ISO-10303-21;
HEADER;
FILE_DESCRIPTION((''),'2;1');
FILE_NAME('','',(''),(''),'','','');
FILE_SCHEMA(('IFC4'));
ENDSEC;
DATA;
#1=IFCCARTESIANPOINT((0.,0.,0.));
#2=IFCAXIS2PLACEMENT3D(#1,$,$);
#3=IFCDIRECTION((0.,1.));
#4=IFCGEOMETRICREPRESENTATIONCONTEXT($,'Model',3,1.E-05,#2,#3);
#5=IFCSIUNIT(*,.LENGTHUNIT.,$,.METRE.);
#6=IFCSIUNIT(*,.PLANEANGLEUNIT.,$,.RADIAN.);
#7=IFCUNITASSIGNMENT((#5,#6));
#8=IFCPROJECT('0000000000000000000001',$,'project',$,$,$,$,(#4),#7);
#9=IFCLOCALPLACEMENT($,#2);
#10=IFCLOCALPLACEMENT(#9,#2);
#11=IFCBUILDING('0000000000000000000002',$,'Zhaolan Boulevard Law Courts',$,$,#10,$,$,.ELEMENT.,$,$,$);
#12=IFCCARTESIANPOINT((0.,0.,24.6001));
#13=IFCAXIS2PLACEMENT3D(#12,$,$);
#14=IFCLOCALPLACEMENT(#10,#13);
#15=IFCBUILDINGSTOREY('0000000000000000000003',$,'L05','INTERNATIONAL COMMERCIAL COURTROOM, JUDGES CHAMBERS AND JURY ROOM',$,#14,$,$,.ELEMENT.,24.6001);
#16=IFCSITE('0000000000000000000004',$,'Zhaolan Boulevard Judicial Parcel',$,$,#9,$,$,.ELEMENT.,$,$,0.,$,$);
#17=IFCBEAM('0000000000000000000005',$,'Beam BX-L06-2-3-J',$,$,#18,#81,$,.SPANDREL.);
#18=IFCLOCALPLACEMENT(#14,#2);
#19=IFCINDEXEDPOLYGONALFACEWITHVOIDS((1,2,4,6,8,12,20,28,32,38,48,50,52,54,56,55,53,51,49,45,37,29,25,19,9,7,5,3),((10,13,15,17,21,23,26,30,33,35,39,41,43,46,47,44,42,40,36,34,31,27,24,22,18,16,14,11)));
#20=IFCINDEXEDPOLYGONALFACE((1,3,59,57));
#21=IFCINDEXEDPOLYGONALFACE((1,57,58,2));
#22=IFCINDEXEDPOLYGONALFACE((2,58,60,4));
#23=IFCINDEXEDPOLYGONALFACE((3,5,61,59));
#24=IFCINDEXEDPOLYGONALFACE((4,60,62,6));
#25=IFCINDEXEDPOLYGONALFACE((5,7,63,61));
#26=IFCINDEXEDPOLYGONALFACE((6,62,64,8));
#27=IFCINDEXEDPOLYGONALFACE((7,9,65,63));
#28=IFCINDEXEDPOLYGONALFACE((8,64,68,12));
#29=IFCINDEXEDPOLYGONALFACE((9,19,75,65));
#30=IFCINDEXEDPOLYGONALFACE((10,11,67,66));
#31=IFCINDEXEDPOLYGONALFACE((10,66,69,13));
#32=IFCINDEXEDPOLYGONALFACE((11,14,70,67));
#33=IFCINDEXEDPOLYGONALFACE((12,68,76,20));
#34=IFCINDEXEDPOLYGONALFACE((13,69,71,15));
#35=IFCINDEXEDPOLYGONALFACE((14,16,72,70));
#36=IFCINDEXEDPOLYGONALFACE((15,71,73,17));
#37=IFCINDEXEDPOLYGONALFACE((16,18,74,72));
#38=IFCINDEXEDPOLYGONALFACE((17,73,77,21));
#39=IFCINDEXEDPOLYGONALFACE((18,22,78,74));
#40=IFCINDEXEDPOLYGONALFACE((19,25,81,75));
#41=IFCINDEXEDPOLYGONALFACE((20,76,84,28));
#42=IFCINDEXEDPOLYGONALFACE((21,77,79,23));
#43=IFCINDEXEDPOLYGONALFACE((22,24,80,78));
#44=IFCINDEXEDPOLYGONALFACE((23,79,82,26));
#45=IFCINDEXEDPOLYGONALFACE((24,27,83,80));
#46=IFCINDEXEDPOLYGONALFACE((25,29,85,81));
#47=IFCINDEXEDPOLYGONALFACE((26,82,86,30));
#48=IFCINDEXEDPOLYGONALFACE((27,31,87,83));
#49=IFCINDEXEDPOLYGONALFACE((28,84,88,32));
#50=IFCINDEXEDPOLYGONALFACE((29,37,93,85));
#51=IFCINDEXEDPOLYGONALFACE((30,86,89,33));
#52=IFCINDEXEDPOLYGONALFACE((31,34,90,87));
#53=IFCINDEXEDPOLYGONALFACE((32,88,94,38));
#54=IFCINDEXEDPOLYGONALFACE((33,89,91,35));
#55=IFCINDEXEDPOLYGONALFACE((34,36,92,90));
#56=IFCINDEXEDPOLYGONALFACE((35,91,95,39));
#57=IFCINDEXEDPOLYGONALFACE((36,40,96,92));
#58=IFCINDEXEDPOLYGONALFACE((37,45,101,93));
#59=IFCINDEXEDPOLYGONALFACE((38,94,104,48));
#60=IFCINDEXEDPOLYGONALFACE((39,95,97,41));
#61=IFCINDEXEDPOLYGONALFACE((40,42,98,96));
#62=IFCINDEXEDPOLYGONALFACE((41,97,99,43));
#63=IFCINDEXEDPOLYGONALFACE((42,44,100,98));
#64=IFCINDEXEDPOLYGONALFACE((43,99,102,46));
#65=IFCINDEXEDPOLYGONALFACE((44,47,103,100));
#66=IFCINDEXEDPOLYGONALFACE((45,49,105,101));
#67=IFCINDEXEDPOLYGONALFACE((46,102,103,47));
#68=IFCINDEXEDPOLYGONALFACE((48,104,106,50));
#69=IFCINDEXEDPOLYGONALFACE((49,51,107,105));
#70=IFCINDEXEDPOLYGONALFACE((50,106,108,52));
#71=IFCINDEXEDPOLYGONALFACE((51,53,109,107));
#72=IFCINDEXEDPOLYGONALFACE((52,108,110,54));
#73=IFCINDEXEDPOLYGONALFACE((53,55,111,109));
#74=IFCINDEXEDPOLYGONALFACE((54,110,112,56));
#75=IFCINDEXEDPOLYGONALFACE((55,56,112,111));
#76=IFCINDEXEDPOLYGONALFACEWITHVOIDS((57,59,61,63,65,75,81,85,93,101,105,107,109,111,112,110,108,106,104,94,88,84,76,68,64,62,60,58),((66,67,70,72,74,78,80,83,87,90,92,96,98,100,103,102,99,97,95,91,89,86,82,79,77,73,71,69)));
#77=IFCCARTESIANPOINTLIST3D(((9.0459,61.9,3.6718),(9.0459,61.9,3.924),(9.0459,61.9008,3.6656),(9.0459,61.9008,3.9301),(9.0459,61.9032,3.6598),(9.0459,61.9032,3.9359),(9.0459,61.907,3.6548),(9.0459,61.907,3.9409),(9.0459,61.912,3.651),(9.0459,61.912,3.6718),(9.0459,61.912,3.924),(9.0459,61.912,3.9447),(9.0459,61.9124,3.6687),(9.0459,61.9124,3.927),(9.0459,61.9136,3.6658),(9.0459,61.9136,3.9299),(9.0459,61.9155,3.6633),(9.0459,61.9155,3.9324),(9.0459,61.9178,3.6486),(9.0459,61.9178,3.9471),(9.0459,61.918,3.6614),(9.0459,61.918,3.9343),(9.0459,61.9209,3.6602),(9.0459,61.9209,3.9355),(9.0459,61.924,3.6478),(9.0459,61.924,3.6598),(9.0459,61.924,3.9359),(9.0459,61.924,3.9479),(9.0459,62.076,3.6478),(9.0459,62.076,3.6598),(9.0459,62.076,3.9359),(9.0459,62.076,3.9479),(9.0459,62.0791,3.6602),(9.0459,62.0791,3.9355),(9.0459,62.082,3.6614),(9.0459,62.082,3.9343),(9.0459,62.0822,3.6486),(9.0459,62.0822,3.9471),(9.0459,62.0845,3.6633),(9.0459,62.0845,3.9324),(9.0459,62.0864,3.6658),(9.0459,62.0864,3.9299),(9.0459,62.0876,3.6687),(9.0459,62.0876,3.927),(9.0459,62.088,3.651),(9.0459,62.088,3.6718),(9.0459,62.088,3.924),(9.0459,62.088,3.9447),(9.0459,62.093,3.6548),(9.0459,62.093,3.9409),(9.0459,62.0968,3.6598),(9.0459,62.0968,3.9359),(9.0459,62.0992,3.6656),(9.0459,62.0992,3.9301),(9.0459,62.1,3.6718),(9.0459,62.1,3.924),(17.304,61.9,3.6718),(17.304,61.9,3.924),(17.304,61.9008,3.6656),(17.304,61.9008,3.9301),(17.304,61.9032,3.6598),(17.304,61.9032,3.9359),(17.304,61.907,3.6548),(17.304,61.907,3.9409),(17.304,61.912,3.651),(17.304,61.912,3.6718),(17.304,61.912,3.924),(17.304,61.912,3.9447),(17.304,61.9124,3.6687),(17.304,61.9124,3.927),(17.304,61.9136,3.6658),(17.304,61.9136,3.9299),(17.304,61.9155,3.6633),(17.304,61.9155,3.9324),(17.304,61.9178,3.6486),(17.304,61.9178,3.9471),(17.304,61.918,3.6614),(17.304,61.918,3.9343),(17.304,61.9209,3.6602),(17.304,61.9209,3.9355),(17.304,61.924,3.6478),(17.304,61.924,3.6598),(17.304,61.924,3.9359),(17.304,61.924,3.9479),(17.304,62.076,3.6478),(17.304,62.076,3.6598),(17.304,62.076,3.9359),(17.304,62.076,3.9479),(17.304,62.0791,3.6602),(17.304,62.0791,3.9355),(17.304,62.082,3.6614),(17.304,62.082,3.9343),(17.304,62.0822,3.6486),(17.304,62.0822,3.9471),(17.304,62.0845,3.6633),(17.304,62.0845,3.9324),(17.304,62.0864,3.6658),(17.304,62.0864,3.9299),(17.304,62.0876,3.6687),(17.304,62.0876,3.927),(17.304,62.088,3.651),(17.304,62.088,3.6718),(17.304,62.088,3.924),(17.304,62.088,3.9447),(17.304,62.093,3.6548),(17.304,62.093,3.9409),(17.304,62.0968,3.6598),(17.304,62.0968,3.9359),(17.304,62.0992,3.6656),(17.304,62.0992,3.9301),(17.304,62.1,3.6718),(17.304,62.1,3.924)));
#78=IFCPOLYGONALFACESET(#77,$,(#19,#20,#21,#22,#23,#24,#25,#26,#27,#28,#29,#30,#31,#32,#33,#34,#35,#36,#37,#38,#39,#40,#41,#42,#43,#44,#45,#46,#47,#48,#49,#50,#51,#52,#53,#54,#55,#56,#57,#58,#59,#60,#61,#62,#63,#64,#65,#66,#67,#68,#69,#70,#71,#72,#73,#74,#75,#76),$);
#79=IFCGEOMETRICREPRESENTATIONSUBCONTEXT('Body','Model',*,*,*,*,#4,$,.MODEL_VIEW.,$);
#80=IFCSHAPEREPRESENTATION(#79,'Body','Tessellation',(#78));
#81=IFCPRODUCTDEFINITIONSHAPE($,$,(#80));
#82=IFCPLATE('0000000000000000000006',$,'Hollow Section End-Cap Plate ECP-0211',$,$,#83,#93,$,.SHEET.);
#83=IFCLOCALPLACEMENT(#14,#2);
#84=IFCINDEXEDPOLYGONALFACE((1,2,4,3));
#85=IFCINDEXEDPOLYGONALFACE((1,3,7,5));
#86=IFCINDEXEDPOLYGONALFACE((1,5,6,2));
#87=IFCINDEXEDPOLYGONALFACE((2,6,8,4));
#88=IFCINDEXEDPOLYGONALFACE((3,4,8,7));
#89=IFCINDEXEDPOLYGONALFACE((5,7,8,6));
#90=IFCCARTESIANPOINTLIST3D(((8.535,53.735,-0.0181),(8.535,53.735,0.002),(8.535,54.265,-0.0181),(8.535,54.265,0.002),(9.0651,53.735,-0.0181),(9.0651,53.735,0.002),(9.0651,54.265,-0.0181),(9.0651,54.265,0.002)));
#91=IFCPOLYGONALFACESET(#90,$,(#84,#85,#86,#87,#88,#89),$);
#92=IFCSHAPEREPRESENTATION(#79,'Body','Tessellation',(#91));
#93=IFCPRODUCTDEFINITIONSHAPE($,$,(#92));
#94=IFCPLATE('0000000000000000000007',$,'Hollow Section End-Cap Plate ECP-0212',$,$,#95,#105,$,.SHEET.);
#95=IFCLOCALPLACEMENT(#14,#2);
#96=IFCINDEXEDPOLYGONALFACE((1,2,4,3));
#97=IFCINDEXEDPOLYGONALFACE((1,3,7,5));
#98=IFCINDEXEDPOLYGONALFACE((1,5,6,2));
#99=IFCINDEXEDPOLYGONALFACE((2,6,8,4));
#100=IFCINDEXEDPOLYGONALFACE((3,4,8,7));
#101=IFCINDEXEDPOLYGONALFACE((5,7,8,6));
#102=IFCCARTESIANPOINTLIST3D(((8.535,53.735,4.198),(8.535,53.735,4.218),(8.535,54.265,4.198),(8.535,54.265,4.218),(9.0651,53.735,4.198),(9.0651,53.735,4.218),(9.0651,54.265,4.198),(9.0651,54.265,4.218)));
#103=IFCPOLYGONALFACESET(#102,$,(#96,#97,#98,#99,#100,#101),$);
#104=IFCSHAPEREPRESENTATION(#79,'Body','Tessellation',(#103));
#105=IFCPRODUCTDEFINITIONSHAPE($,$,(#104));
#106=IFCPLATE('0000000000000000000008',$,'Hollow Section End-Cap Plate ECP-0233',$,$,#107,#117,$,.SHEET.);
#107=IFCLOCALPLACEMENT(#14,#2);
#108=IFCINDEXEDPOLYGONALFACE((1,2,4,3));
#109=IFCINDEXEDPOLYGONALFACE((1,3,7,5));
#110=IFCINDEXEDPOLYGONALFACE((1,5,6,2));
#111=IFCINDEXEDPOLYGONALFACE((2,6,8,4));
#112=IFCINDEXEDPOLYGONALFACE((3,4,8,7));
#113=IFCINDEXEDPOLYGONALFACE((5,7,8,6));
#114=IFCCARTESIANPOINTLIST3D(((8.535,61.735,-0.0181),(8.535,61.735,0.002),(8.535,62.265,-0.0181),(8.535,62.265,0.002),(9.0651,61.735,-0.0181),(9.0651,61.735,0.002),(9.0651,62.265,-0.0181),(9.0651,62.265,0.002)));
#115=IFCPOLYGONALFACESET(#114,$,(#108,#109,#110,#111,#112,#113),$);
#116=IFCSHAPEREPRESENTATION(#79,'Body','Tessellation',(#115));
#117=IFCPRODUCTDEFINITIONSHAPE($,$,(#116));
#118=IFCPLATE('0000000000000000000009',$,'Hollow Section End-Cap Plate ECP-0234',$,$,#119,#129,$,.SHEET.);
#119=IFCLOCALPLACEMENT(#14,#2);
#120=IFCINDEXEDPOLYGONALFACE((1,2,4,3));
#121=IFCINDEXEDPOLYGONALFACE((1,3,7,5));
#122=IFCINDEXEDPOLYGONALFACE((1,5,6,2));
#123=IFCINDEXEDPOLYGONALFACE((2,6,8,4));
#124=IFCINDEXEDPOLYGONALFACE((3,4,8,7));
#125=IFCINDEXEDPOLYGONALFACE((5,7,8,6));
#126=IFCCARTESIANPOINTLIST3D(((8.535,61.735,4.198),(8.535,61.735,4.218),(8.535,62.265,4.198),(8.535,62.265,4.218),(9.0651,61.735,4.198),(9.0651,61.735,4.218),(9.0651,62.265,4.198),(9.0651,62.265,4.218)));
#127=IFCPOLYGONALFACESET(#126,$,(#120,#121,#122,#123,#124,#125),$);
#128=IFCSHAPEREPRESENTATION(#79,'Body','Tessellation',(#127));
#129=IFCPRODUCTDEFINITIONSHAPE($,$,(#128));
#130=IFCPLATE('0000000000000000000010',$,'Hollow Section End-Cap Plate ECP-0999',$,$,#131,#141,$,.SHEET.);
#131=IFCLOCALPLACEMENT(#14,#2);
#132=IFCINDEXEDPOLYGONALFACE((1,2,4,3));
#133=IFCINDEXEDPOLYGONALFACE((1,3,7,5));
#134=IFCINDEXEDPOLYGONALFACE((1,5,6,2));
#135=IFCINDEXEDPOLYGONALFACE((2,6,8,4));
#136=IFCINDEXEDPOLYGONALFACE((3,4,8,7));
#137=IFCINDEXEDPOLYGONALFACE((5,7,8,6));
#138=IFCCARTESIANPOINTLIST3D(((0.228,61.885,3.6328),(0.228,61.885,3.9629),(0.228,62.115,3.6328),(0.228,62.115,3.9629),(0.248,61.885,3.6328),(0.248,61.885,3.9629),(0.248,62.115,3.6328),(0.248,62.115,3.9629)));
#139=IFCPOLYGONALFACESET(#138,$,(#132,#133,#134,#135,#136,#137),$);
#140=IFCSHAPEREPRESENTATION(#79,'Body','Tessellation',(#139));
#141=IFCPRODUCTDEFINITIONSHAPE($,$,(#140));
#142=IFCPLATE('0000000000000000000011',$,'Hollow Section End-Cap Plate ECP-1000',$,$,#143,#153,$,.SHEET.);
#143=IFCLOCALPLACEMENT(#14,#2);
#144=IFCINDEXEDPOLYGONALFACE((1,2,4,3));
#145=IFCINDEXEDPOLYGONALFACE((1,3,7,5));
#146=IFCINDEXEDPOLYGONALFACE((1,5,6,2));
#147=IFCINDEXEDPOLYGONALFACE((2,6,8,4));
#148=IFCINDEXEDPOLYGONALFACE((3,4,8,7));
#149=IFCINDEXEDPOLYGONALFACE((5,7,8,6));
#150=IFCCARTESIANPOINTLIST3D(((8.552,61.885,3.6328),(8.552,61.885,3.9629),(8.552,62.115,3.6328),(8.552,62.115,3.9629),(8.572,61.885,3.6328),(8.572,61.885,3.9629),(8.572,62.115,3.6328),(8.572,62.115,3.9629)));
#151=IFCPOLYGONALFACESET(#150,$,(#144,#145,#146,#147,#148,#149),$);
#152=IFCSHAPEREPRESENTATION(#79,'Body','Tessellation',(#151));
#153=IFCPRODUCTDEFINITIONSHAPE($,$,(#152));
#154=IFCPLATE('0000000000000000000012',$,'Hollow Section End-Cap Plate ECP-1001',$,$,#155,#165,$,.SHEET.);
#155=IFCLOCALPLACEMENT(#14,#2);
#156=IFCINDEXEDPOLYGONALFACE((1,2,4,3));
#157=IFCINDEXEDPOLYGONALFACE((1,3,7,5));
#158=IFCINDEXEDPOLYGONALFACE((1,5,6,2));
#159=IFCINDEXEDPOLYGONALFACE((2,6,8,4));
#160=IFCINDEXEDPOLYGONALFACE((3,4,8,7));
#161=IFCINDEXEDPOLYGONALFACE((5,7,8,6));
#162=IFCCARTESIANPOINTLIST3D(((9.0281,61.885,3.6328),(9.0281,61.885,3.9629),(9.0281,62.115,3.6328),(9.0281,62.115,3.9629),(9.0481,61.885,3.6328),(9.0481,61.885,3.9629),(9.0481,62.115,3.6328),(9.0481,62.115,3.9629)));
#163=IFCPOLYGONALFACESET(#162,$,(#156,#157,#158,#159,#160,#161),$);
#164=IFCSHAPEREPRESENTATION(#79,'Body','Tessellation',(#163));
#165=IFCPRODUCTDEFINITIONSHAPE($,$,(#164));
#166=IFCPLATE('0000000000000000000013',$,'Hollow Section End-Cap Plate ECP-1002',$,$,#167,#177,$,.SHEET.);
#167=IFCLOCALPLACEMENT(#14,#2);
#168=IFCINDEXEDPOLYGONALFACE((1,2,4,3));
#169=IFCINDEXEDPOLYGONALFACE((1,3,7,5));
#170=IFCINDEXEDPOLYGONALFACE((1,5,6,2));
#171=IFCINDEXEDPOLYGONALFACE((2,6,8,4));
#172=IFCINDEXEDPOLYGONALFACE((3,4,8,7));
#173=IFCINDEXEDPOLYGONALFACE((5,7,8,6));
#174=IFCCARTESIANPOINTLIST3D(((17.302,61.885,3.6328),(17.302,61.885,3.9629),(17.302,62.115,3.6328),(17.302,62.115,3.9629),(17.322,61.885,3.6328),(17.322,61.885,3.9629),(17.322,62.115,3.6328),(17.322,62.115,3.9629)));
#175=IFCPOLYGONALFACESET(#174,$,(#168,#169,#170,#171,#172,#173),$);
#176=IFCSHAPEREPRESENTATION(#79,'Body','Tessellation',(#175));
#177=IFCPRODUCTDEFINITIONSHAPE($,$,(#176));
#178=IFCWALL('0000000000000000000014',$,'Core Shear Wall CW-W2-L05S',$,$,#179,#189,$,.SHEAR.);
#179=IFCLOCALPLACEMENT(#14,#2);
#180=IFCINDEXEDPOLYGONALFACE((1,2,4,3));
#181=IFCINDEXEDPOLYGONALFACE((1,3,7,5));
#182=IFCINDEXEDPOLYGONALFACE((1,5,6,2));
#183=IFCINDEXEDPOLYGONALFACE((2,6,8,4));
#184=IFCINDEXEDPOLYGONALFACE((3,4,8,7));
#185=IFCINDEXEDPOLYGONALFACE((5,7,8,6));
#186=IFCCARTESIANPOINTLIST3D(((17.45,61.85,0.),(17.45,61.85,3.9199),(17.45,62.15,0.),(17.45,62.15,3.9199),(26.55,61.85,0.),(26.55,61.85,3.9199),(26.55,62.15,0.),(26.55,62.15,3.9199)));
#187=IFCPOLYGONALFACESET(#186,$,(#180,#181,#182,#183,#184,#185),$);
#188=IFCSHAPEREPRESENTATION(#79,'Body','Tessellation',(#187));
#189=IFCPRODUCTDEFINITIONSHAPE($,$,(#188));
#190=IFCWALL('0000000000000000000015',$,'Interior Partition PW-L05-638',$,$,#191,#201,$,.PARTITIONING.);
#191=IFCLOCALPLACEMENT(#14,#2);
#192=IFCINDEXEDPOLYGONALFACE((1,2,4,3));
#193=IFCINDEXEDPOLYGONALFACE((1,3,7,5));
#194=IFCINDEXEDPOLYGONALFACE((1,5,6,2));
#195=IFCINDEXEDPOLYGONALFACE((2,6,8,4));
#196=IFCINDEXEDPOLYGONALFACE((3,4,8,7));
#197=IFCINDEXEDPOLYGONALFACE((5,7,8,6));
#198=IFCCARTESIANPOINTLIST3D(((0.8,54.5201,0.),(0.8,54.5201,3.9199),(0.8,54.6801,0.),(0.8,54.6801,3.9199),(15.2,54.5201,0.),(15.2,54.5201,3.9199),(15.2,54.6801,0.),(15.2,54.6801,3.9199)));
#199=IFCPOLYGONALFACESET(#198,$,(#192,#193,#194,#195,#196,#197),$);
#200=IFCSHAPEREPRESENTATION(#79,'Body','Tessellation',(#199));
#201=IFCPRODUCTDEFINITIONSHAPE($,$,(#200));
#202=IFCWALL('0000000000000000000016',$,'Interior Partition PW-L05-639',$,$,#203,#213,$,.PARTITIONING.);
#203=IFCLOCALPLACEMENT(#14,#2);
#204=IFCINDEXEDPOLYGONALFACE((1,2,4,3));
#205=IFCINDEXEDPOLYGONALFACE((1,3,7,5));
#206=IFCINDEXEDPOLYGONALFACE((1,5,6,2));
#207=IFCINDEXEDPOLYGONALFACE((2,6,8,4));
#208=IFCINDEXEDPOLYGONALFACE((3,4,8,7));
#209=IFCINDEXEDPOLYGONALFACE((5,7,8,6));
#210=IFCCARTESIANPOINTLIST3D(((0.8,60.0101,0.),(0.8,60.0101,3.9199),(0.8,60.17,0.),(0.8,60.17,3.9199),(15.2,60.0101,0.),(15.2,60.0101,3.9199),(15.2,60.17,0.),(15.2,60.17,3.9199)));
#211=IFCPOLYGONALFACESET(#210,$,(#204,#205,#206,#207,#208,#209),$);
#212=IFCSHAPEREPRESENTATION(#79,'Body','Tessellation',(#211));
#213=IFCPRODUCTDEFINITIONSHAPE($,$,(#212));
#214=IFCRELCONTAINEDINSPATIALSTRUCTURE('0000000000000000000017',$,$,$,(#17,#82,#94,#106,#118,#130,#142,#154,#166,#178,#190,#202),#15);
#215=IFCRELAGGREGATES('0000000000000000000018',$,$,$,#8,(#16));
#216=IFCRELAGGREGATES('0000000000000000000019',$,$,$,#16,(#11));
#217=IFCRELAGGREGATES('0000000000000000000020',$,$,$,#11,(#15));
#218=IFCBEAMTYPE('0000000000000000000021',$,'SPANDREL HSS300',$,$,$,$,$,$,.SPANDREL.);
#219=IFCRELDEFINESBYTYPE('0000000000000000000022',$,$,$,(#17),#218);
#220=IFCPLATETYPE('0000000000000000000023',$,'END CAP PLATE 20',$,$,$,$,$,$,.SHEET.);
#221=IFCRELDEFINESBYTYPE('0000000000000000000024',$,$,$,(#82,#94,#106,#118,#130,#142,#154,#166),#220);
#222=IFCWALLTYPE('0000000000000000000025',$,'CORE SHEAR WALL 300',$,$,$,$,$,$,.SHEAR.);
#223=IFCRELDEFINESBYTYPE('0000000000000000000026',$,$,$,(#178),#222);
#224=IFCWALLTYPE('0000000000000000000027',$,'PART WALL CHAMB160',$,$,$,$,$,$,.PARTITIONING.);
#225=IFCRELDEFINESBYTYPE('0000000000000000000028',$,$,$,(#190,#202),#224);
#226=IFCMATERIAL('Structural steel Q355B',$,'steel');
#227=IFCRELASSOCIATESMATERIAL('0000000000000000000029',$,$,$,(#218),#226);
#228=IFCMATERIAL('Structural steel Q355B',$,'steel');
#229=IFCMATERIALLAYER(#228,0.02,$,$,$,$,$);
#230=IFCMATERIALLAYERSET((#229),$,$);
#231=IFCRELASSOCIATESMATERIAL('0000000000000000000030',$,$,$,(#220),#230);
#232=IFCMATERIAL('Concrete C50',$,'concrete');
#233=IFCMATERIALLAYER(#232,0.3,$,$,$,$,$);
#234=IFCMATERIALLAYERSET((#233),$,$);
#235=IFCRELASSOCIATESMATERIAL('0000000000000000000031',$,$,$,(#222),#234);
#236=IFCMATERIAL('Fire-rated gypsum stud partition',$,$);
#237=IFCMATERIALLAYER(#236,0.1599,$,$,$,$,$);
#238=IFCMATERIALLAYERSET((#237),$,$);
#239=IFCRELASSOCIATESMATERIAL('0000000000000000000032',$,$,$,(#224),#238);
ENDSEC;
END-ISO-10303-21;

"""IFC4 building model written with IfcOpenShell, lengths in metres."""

from ifc_helpers import new_model, si_unit, direction, frame, frame_2d, origin, origin_2d, place, context, subcontext, project, spatial, rectangle, hollow_rectangle, extrude, material, layer, layer_set, material_profile, profile_set, type_object, element, save


model = new_model("IFC4")

# Units and contexts
model_context = context("Model", 3, precision=1e-05, world=origin(), true_north=direction((0.0, 1.0)))
body_context = subcontext(model_context, "Body", "Model", "MODEL_VIEW")
ifc_project = project(units=[si_unit("LENGTHUNIT", "METRE"), si_unit("PLANEANGLEUNIT", "RADIAN")], contexts=[model_context])

# Site, building, storey
site_placement = place(None, origin())
site = spatial("IfcSite", under=ifc_project, at=site_placement, Name="Zhaolan Boulevard Judicial Parcel", CompositionType="ELEMENT", RefElevation=0.0)
building_placement = place(site_placement, origin())
building = spatial("IfcBuilding", under=site, at=building_placement, Name="Zhaolan Boulevard Law Courts", CompositionType="ELEMENT")
storey_placement = place(building_placement, frame((0.0, 0.0, 24.6001)))
storey = spatial("IfcBuildingStorey", under=building, at=storey_placement, Name="L05", Description="INTERNATIONAL COMMERCIAL COURTROOM, JUDGES CHAMBERS AND JURY ROOM", CompositionType="ELEMENT", Elevation=24.6001)

# Beam
ifc_material_1 = material(Name="Structural steel Q355B", Category="steel")
ifc_material_profile_1 = material_profile(ifc_material_1, hollow_rectangle(XDim=0.2, YDim=0.3, WallThickness=0.012, InnerFilletRadius=0.012, OuterFilletRadius=0.0239, at=origin_2d()), Name="HSS300x200x12")
ifc_profile_set_1 = profile_set([ifc_material_profile_1], Name="Structural steel Q355B")
beam_type_1 = type_object("IfcBeamType", Name="SPANDREL HSS300", PredefinedType="SPANDREL", material=ifc_profile_set_1)
beam_1_placement = place(storey_placement, frame((9.0459, 62.0, 3.7979), z_axis=(1.0, 0.0, 0.0), x_axis=(0.0, 1.0, 0.0)))
element("IfcBeam", 1, at=beam_1_placement, inside=storey, type_object=beam_type_1, Name="Beam BX-L06-2-3-J", PredefinedType="SPANDREL", context=body_context, shape_type="SweptSolid", body=[
    extrude(hollow_rectangle(XDim=0.2, YDim=0.3, WallThickness=0.012, InnerFilletRadius=0.012, OuterFilletRadius=0.0239, at=origin_2d()), origin(), (0.0, 0.0, 1.0), 8.2581),
])

# Plates
ifc_material_2 = material(Name="Structural steel Q355B", Category="steel")
ifc_layer_1 = layer(ifc_material_2, 0.02)
ifc_layer_set_1 = layer_set([ifc_layer_1])
plate_type = type_object("IfcPlateType", Name="END CAP PLATE 20", PredefinedType="SHEET", material=ifc_layer_set_1)
for number, where, z_axis, x_axis, name in (
    (2, (8.8, 54.0, -0.0181), (0.0, 0.0, 1.0), (1.0, 0.0, 0.0), "Hollow Section End-Cap Plate ECP-0211"),
    (3, (8.8, 54.0, 4.198), (0.0, 0.0, 1.0), (1.0, 0.0, 0.0), "Hollow Section End-Cap Plate ECP-0212"),
    (4, (8.8, 62.0, -0.0181), (0.0, 0.0, 1.0), (1.0, 0.0, 0.0), "Hollow Section End-Cap Plate ECP-0233"),
    (5, (8.8, 62.0, 4.198), (0.0, 0.0, 1.0), (1.0, 0.0, 0.0), "Hollow Section End-Cap Plate ECP-0234"),
):
    element("IfcPlate", number, at=place(storey_placement, frame(where, z_axis=z_axis, x_axis=x_axis)), inside=storey, type_object=plate_type, Name=name, PredefinedType="SHEET", context=body_context, shape_type="SweptSolid", body=[
        extrude(rectangle(XDim=0.53, YDim=0.53, at=origin_2d()), origin(), (0.0, 0.0, 1.0), 0.02),
    ])
for number, where, z_axis, x_axis, name in (
    (6, (0.238, 62.0, 3.6328), (0.0, 0.0, 1.0), (1.0, 0.0, 0.0), "Hollow Section End-Cap Plate ECP-0999"),
    (7, (8.562, 62.0, 3.6328), (0.0, 0.0, 1.0), (1.0, 0.0, 0.0), "Hollow Section End-Cap Plate ECP-1000"),
    (8, (9.0381, 62.0, 3.6328), (0.0, 0.0, 1.0), (1.0, 0.0, 0.0), "Hollow Section End-Cap Plate ECP-1001"),
    (9, (17.312, 62.0, 3.6328), (0.0, 0.0, 1.0), (1.0, 0.0, 0.0), "Hollow Section End-Cap Plate ECP-1002"),
):
    element("IfcPlate", number, at=place(storey_placement, frame(where, z_axis=z_axis, x_axis=x_axis)), inside=storey, type_object=plate_type, Name=name, PredefinedType="SHEET", context=body_context, shape_type="SweptSolid", body=[
        extrude(rectangle(XDim=0.02, YDim=0.23, at=origin_2d()), origin(), (0.0, 0.0, 1.0), 0.3301),
    ])

# Walls
ifc_material_3 = material(Name="Concrete C50", Category="concrete")
ifc_layer_2 = layer(ifc_material_3, 0.3)
ifc_layer_set_2 = layer_set([ifc_layer_2])
wall_type_1 = type_object("IfcWallType", Name="CORE SHEAR WALL 300", PredefinedType="SHEAR", material=ifc_layer_set_2)
wall_1_placement = place(storey_placement, frame((17.45, 62.0, 0.0), z_axis=(0.0, 0.0, 1.0), x_axis=(1.0, 0.0, 0.0)))
element("IfcWall", 10, at=wall_1_placement, inside=storey, type_object=wall_type_1, Name="Core Shear Wall CW-W2-L05S", PredefinedType="SHEAR", context=body_context, shape_type="SweptSolid", body=[
    extrude(rectangle(XDim=9.1001, YDim=0.3, at=frame_2d((4.55, 0.0))), origin(), (0.0, 0.0, 1.0), 3.9199),
])
ifc_material_4 = material(Name="Fire-rated gypsum stud partition")
ifc_layer_3 = layer(ifc_material_4, 0.1599)
ifc_layer_set_3 = layer_set([ifc_layer_3])
wall_type_2 = type_object("IfcWallType", Name="PART WALL CHAMB160", PredefinedType="PARTITIONING", material=ifc_layer_set_3)
for number, where, z_axis, x_axis, name in (
    (11, (0.8, 54.6001, 0.0), (0.0, 0.0, 1.0), (1.0, 0.0, 0.0), "Interior Partition PW-L05-638"),
    (12, (15.2, 60.0901, 0.0), (0.0, 0.0, 1.0), (-1.0, 0.0, 0.0), "Interior Partition PW-L05-639"),
):
    element("IfcWall", number, at=place(storey_placement, frame(where, z_axis=z_axis, x_axis=x_axis)), inside=storey, type_object=wall_type_2, Name=name, PredefinedType="PARTITIONING", context=body_context, shape_type="SweptSolid", body=[
        extrude(rectangle(XDim=14.3999, YDim=0.1599, at=frame_2d((7.2, 0.0))), origin(), (0.0, 0.0, 1.0), 3.9199),
    ])

save(model, "model.ifc")
